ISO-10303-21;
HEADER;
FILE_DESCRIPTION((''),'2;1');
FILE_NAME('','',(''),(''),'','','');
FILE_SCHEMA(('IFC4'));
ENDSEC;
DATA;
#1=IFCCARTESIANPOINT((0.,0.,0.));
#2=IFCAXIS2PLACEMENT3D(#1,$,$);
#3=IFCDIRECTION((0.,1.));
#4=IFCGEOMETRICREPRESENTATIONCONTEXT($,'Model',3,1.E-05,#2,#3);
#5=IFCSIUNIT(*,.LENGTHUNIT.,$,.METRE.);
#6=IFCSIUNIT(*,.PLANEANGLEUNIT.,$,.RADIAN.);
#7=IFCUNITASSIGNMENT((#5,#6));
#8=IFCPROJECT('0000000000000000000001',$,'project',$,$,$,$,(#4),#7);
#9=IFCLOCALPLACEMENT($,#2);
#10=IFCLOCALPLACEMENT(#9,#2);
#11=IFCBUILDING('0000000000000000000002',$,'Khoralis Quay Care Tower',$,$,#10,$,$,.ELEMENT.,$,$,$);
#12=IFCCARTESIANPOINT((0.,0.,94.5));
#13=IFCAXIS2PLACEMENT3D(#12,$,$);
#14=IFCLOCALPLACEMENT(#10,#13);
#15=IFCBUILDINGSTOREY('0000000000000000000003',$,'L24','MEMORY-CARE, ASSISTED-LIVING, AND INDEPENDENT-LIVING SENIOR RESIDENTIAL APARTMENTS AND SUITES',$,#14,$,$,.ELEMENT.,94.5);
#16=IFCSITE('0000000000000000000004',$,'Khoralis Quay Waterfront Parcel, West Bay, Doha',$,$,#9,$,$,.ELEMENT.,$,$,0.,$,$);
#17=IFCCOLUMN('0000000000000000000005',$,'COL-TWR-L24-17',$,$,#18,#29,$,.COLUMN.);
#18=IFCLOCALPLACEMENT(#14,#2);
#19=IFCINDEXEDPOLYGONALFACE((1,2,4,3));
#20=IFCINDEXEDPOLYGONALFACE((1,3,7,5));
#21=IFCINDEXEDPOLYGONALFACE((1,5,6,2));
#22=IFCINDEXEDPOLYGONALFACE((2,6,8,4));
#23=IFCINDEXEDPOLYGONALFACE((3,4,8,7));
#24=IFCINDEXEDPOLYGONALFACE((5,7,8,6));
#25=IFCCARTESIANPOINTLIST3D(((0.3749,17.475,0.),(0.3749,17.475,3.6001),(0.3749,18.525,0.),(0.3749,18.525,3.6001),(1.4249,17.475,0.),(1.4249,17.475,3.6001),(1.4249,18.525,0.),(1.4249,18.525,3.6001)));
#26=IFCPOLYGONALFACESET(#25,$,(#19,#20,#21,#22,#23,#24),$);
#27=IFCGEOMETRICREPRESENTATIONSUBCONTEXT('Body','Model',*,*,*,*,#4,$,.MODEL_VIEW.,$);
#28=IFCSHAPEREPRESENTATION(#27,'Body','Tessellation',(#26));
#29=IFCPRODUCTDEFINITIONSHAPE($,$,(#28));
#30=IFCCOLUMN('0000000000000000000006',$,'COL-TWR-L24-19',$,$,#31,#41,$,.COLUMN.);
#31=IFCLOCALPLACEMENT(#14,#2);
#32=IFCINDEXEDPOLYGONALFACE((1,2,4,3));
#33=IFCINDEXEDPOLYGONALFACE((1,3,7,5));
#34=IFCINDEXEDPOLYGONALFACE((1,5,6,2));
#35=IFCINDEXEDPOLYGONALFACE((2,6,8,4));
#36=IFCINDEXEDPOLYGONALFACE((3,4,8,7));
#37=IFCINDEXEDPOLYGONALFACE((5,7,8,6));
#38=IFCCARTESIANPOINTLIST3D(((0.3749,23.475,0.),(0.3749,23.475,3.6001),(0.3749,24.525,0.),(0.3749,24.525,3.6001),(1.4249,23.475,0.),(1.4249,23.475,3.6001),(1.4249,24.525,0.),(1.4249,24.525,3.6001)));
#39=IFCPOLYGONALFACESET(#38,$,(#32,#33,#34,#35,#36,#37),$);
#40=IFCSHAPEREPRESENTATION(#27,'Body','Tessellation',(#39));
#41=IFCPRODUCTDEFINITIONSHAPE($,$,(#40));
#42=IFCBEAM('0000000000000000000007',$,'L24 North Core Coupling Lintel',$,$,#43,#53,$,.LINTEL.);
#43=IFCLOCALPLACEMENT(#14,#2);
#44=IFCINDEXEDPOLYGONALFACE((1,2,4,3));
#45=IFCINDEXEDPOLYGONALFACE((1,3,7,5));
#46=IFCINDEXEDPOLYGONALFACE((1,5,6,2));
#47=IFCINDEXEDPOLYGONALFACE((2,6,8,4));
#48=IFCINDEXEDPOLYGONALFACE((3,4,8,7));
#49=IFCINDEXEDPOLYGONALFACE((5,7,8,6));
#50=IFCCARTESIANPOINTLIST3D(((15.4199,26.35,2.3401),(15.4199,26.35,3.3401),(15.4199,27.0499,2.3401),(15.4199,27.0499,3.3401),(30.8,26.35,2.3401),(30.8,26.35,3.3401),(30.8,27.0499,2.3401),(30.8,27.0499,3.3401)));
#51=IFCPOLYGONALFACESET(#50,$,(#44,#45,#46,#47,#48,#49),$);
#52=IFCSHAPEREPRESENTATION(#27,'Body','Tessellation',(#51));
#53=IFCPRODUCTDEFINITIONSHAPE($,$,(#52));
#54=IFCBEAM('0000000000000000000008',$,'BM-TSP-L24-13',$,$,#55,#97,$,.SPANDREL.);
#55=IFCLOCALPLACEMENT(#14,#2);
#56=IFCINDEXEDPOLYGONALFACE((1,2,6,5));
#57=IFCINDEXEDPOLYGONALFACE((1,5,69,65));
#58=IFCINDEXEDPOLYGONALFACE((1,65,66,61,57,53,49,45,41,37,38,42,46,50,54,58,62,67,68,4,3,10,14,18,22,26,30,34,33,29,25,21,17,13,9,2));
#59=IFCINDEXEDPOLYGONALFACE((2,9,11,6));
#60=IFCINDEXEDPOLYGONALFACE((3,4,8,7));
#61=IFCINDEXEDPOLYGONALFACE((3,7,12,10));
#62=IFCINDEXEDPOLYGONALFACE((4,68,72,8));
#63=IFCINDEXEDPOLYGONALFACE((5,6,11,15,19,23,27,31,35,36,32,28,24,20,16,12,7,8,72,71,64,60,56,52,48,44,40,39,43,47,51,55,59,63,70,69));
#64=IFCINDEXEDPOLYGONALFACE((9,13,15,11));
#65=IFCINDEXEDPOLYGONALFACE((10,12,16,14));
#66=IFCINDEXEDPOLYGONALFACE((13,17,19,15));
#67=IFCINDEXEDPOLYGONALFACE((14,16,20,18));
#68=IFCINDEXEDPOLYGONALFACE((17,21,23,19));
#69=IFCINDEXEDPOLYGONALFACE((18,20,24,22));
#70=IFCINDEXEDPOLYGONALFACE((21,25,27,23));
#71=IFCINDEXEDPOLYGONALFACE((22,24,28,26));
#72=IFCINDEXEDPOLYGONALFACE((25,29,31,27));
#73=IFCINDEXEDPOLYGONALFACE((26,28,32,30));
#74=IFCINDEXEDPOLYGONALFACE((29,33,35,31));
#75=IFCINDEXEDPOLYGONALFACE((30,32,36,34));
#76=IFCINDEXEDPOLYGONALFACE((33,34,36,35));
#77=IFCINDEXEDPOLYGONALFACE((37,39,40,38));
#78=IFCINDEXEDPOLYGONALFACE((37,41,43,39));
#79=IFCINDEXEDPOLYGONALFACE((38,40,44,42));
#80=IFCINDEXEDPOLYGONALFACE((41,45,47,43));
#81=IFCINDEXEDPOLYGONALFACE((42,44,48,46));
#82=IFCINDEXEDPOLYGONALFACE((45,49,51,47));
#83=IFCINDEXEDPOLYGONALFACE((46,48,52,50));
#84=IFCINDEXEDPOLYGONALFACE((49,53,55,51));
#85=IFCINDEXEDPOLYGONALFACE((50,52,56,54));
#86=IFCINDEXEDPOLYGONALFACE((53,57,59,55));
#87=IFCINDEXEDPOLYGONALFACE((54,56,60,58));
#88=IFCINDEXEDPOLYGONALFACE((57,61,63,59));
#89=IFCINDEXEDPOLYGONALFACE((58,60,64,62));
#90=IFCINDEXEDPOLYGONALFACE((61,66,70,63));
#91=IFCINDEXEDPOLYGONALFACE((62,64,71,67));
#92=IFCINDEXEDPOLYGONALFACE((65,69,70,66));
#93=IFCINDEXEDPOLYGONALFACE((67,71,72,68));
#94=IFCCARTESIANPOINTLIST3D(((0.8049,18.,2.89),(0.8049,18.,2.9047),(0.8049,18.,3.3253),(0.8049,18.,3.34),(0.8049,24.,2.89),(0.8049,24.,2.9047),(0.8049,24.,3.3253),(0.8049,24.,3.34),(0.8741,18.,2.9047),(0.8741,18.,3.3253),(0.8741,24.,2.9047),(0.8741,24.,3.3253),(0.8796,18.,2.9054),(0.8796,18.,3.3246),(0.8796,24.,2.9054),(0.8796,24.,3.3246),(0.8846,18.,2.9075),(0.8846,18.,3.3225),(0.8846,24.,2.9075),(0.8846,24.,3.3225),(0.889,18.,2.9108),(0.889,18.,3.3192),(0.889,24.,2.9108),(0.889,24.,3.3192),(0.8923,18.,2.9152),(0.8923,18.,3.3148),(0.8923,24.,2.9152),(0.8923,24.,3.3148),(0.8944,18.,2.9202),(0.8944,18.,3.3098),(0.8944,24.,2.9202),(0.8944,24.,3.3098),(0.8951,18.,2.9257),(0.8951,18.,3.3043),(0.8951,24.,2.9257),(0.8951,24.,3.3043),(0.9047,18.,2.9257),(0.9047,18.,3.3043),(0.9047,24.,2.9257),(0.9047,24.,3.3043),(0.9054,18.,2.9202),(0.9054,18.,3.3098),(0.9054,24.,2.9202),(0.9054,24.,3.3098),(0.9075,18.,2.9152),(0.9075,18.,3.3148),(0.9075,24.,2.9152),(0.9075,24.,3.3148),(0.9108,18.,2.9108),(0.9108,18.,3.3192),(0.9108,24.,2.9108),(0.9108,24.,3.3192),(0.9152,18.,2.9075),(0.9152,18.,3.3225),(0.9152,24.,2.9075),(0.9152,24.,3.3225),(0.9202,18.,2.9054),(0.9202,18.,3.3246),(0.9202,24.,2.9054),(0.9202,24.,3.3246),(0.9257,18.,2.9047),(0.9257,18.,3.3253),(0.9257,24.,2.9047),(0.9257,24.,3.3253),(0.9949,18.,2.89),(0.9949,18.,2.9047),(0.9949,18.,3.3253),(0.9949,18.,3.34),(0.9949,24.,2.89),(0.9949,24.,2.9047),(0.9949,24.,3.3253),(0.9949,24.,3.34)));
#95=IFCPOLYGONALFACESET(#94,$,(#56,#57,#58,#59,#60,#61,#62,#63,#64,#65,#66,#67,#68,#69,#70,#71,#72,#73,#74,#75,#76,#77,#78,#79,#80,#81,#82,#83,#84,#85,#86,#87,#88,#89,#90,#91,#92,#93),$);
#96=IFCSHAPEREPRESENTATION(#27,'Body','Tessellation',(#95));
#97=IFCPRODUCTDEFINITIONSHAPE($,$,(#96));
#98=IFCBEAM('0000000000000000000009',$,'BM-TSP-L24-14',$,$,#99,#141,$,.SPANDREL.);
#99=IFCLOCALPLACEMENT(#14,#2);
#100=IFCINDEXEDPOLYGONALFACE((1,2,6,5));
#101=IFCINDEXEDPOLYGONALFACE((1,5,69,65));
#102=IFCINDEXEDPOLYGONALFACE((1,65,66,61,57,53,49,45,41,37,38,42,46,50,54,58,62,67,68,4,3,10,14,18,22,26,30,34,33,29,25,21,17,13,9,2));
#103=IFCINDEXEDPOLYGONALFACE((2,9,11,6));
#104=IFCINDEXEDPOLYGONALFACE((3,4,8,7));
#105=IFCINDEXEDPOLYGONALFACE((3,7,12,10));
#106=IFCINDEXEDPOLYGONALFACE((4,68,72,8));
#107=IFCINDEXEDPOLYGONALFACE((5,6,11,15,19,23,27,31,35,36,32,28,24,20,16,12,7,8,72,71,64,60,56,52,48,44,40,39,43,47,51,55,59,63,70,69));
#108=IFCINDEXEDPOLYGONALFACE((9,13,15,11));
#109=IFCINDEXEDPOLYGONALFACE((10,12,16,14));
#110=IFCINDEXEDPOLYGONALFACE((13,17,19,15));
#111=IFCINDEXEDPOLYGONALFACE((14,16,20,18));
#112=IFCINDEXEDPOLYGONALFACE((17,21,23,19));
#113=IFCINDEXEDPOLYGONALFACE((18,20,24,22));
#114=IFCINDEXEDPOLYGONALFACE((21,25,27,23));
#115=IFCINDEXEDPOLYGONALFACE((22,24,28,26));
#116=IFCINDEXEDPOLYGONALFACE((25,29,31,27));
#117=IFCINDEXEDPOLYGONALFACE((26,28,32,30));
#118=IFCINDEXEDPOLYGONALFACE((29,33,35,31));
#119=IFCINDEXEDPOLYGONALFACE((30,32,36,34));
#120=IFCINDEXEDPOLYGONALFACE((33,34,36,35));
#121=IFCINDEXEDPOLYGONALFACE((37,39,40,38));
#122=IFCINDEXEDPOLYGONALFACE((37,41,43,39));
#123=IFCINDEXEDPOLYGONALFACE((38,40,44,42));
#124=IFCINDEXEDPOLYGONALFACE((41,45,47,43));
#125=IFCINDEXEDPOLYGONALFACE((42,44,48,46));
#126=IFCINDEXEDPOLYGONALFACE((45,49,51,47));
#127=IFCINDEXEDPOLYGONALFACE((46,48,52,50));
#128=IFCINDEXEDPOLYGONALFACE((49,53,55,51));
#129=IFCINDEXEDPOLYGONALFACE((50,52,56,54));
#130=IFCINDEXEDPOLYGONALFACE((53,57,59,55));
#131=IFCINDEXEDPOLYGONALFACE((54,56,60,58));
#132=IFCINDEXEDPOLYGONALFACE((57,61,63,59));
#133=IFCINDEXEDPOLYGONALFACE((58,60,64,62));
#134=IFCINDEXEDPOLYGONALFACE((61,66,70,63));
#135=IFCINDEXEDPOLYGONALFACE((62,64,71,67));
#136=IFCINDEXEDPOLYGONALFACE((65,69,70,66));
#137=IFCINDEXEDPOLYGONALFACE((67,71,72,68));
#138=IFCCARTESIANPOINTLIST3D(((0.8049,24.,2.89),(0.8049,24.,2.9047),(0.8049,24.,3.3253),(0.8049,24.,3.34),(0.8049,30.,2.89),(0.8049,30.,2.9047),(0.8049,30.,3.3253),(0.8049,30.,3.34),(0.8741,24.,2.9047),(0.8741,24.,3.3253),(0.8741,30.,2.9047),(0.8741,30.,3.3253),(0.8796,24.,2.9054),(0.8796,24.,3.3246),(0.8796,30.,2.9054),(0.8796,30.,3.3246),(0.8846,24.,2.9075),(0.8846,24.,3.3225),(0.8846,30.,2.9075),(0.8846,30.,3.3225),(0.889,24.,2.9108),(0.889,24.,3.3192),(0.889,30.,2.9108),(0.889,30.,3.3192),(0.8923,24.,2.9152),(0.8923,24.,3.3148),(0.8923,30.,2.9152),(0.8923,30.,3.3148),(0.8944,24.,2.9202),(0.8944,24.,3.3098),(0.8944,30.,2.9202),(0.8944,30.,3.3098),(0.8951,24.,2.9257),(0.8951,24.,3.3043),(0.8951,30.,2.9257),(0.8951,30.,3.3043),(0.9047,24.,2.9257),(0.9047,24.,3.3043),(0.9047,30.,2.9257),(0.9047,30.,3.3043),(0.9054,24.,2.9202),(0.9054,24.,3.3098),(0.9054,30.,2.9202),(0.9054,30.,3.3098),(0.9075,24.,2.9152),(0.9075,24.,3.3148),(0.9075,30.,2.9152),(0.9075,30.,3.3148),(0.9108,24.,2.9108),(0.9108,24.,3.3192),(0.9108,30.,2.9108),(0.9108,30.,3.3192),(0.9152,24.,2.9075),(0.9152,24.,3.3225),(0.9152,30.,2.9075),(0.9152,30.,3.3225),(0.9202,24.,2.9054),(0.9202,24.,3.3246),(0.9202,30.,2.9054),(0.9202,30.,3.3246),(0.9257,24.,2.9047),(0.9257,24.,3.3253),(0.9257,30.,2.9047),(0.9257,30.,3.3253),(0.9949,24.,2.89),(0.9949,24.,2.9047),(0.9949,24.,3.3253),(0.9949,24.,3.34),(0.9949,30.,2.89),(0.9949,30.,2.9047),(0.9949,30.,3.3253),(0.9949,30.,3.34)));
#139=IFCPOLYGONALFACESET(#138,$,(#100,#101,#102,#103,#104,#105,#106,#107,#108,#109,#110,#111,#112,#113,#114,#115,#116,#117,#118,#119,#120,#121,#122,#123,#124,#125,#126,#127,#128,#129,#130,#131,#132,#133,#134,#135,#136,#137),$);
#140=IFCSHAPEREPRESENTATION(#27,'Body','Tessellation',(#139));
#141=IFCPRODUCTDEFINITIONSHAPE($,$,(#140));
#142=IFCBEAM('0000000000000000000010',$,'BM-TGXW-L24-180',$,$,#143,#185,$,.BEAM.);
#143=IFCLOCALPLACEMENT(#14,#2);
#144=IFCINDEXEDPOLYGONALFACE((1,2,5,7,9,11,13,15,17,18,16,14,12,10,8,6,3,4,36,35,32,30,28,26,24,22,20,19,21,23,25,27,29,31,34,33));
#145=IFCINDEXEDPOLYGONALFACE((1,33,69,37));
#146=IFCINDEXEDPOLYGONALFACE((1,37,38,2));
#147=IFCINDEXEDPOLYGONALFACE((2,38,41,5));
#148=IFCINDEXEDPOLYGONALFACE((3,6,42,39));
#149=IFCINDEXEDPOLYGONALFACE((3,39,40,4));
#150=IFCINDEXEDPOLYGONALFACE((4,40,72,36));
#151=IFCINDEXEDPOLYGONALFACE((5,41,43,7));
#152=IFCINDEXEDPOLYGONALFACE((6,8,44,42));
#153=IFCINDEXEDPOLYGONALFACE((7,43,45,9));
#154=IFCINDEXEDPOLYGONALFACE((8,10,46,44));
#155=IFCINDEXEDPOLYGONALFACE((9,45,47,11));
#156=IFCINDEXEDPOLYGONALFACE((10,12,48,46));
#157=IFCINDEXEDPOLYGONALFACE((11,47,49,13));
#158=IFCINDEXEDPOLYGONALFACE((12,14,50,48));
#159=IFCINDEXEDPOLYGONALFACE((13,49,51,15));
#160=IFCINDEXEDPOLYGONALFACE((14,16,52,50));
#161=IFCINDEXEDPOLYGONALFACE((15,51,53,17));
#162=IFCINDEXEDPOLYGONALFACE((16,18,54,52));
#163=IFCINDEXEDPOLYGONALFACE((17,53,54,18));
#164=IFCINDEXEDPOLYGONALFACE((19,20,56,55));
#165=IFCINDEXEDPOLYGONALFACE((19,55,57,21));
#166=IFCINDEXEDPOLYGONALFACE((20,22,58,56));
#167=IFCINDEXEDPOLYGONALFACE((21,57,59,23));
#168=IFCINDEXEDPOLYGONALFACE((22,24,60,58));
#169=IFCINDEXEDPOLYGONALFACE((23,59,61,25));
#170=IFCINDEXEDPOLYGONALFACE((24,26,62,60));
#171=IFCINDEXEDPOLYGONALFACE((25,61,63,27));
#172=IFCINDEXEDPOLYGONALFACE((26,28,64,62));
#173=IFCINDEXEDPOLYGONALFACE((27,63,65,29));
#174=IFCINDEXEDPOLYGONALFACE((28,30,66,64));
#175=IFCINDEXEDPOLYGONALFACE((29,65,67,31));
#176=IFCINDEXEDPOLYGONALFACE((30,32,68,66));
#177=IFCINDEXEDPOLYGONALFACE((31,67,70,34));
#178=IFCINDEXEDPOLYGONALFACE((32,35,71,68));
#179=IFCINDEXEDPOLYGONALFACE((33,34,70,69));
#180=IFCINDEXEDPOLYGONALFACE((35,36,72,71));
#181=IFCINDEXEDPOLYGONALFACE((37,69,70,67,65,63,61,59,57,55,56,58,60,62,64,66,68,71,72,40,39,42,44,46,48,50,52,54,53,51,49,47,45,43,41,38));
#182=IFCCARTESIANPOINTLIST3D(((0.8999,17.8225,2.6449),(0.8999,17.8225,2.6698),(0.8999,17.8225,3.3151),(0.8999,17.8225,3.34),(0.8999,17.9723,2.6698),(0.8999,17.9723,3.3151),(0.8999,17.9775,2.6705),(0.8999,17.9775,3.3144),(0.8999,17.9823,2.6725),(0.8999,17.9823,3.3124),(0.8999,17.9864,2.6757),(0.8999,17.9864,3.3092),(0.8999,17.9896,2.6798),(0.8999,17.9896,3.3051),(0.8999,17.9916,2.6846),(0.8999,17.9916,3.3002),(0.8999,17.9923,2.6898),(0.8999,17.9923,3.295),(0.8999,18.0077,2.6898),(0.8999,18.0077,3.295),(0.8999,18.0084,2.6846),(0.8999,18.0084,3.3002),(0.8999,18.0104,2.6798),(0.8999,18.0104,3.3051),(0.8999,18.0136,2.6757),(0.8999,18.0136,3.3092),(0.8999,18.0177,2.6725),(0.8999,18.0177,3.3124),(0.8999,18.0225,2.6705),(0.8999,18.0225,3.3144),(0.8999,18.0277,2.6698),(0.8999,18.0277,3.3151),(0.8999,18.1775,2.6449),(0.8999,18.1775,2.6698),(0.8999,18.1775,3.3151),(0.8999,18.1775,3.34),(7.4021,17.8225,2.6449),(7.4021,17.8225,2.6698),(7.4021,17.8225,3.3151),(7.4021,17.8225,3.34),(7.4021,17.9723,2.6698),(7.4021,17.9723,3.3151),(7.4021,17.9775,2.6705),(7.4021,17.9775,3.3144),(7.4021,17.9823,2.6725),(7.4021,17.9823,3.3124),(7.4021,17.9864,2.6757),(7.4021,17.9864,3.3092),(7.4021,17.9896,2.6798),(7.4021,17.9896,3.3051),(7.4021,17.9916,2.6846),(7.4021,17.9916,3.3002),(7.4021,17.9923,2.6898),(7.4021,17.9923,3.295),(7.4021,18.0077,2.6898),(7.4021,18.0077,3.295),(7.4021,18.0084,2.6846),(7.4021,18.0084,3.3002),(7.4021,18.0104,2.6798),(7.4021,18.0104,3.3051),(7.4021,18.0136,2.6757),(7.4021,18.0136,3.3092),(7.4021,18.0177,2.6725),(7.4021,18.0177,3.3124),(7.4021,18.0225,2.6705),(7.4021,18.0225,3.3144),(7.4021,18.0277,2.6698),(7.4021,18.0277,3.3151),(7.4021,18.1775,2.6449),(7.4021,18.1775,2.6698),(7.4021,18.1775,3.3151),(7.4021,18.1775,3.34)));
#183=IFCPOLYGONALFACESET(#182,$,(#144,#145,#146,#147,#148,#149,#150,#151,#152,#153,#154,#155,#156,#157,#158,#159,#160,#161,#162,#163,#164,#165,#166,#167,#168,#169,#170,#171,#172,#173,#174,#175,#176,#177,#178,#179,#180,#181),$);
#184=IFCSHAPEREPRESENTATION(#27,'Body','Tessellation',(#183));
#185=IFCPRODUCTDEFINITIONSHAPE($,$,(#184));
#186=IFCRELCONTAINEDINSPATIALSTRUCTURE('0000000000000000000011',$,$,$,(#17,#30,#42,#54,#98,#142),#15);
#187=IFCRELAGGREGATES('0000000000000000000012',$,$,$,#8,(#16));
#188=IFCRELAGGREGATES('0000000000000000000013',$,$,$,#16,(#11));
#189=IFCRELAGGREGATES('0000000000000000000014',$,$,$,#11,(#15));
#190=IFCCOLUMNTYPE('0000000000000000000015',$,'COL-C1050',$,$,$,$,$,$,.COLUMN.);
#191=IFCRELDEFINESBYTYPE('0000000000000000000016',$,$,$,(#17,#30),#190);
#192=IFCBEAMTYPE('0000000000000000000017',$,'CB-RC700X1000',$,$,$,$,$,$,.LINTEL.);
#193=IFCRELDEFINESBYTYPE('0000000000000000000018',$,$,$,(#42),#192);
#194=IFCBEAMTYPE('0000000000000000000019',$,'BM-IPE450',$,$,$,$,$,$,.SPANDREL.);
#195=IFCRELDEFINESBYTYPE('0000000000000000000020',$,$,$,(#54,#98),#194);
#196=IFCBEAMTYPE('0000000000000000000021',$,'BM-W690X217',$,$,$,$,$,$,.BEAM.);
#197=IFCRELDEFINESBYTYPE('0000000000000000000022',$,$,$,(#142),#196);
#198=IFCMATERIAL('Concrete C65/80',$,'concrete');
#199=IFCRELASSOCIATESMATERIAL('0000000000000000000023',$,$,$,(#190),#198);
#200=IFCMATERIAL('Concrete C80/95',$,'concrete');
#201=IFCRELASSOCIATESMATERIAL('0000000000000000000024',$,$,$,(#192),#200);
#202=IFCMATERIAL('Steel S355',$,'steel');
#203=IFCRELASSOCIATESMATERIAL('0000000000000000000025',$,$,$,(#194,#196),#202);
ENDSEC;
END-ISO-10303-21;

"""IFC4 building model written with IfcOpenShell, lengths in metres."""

from ifc_helpers import new_model, si_unit, direction, frame, origin, origin_2d, place, context, subcontext, project, spatial, rectangle, i_section, extrude, source, transform, mapped, material, material_profile, profile_set, type_object, element, save


model = new_model("IFC4")

# Units and contexts
model_context = context("Model", 3, precision=1e-05, world=origin(), true_north=direction((0.0, 1.0)))
body_context = subcontext(model_context, "Body", "Model", "MODEL_VIEW")
ifc_project = project(units=[si_unit("LENGTHUNIT", "METRE"), si_unit("PLANEANGLEUNIT", "RADIAN")], contexts=[model_context])

# Site, building, storey
site_placement = place(None, origin())
site = spatial("IfcSite", under=ifc_project, at=site_placement, Name="Khoralis Quay Waterfront Parcel, West Bay, Doha", CompositionType="ELEMENT", RefElevation=0.0)
building_placement = place(site_placement, origin())
building = spatial("IfcBuilding", under=site, at=building_placement, Name="Khoralis Quay Care Tower", CompositionType="ELEMENT")
storey_placement = place(building_placement, frame((0.0, 0.0, 94.5)))
storey = spatial("IfcBuildingStorey", under=building, at=storey_placement, Name="L24", Description="MEMORY-CARE, ASSISTED-LIVING, AND INDEPENDENT-LIVING SENIOR RESIDENTIAL APARTMENTS AND SUITES", CompositionType="ELEMENT", Elevation=94.5)

# Columns
ifc_material_1 = material(Name="Concrete C65/80", Category="concrete")
ifc_material_profile_1 = material_profile(ifc_material_1, rectangle(XDim=1.05, YDim=1.05, at=origin_2d()), Name="Concrete C65/80")
ifc_profile_set_1 = profile_set([ifc_material_profile_1], Name="Concrete C65/80")
column_type = type_object("IfcColumnType", Name="COL-C1050", PredefinedType="COLUMN", material=ifc_profile_set_1)
shared_shape_1 = source(origin(), body_context, "Body", "SweptSolid", [
    extrude(rectangle(XDim=1.05, YDim=1.05, at=origin_2d()), origin(), (0.0, 0.0, 1.0), 3.6001),
])
for number, where, z_axis, x_axis, name in (
    (1, (0.8999, 18.0, 0.0), (0.0, 0.0, 1.0), (1.0, 0.0, 0.0), "COL-TWR-L24-17"),
    (2, (0.8999, 24.0, 0.0), (0.0, 0.0, 1.0), (1.0, 0.0, 0.0), "COL-TWR-L24-19"),
):
    element("IfcColumn", number, at=place(storey_placement, frame(where, z_axis=z_axis, x_axis=x_axis)), inside=storey, type_object=column_type, Name=name, PredefinedType="COLUMN", context=body_context, shape_type="MappedRepresentation", body=[
        mapped(shared_shape_1, transform((0.0, 0.0, 0.0), scale=1.0)),
    ])

# Beams
ifc_material_2 = material(Name="Concrete C80/95", Category="concrete")
ifc_material_profile_2 = material_profile(ifc_material_2, rectangle(XDim=0.7, YDim=1.0, at=origin_2d()), Name="Concrete C80/95")
ifc_profile_set_2 = profile_set([ifc_material_profile_2], Name="Concrete C80/95")
beam_type_1 = type_object("IfcBeamType", Name="CB-RC700X1000", PredefinedType="LINTEL", material=ifc_profile_set_2)
shared_shape_2 = source(origin(), body_context, "Body", "SweptSolid", [
    extrude(rectangle(XDim=0.7, YDim=1.0, at=origin_2d()), origin(), (0.0, 0.0, 1.0), 15.3801),
])
beam_1_placement = place(storey_placement, frame((15.4199, 26.7, 2.8401), z_axis=(1.0, 0.0, 0.0), x_axis=(0.0, 1.0, 0.0)))
element("IfcBeam", 3, at=beam_1_placement, inside=storey, type_object=beam_type_1, Name="L24 North Core Coupling Lintel", PredefinedType="LINTEL", context=body_context, shape_type="MappedRepresentation", body=[
    mapped(shared_shape_2, transform((0.0, 0.0, 0.0), scale=1.0)),
])
ifc_material_3 = material(Name="Steel S355", Category="steel")
ifc_material_profile_3 = material_profile(ifc_material_3, i_section(OverallWidth=0.1899, OverallDepth=0.45, WebThickness=0.0095, FlangeThickness=0.0146, FilletRadius=0.021, at=origin_2d()), Name="Steel S355")
ifc_profile_set_3 = profile_set([ifc_material_profile_3], Name="Steel S355")
beam_type_2 = type_object("IfcBeamType", Name="BM-IPE450", PredefinedType="SPANDREL", material=ifc_profile_set_3)
shared_shape_3 = source(origin(), body_context, "Body", "SweptSolid", [
    extrude(i_section(OverallWidth=0.1899, OverallDepth=0.45, WebThickness=0.0095, FlangeThickness=0.0146, FilletRadius=0.021, at=origin_2d()), origin(), (0.0, 0.0, 1.0), 6.0),
])
for number, where, z_axis, x_axis, name in (
    (4, (0.8999, 18.0, 3.115), (0.0, 1.0, 0.0), (-1.0, 0.0, 0.0), "BM-TSP-L24-13"),
    (5, (0.8999, 24.0, 3.115), (0.0, 1.0, 0.0), (-1.0, 0.0, 0.0), "BM-TSP-L24-14"),
):
    element("IfcBeam", number, at=place(storey_placement, frame(where, z_axis=z_axis, x_axis=x_axis)), inside=storey, type_object=beam_type_2, Name=name, PredefinedType="SPANDREL", context=body_context, shape_type="MappedRepresentation", body=[
        mapped(shared_shape_3, transform((0.0, 0.0, 0.0), scale=1.0)),
    ])
ifc_material_profile_4 = material_profile(ifc_material_3, i_section(OverallWidth=0.355, OverallDepth=0.6951, WebThickness=0.0154, FlangeThickness=0.0249, FilletRadius=0.02, at=origin_2d()), Name="Steel S355")
ifc_profile_set_4 = profile_set([ifc_material_profile_4], Name="Steel S355")
beam_type_3 = type_object("IfcBeamType", Name="BM-W690X217", PredefinedType="BEAM", material=ifc_profile_set_4)
shared_shape_4 = source(origin(), body_context, "Body", "SweptSolid", [
    extrude(i_section(OverallWidth=0.355, OverallDepth=0.6951, WebThickness=0.0154, FlangeThickness=0.0249, FilletRadius=0.02, at=origin_2d()), origin(), (0.0, 0.0, 1.0), 6.5022),
])
for number, where, z_axis, x_axis, name in (
    (6, (0.8999, 18.0, 2.9924), (1.0, 0.0, 0.0), (0.0, 1.0, 0.0), "BM-TGXW-L24-180"),
):
    element("IfcBeam", number, at=place(storey_placement, frame(where, z_axis=z_axis, x_axis=x_axis)), inside=storey, type_object=beam_type_3, Name=name, PredefinedType="BEAM", context=body_context, shape_type="MappedRepresentation", body=[
        mapped(shared_shape_4, transform((0.0, 0.0, 0.0), scale=1.0)),
    ])

save(model, "model.ifc")
